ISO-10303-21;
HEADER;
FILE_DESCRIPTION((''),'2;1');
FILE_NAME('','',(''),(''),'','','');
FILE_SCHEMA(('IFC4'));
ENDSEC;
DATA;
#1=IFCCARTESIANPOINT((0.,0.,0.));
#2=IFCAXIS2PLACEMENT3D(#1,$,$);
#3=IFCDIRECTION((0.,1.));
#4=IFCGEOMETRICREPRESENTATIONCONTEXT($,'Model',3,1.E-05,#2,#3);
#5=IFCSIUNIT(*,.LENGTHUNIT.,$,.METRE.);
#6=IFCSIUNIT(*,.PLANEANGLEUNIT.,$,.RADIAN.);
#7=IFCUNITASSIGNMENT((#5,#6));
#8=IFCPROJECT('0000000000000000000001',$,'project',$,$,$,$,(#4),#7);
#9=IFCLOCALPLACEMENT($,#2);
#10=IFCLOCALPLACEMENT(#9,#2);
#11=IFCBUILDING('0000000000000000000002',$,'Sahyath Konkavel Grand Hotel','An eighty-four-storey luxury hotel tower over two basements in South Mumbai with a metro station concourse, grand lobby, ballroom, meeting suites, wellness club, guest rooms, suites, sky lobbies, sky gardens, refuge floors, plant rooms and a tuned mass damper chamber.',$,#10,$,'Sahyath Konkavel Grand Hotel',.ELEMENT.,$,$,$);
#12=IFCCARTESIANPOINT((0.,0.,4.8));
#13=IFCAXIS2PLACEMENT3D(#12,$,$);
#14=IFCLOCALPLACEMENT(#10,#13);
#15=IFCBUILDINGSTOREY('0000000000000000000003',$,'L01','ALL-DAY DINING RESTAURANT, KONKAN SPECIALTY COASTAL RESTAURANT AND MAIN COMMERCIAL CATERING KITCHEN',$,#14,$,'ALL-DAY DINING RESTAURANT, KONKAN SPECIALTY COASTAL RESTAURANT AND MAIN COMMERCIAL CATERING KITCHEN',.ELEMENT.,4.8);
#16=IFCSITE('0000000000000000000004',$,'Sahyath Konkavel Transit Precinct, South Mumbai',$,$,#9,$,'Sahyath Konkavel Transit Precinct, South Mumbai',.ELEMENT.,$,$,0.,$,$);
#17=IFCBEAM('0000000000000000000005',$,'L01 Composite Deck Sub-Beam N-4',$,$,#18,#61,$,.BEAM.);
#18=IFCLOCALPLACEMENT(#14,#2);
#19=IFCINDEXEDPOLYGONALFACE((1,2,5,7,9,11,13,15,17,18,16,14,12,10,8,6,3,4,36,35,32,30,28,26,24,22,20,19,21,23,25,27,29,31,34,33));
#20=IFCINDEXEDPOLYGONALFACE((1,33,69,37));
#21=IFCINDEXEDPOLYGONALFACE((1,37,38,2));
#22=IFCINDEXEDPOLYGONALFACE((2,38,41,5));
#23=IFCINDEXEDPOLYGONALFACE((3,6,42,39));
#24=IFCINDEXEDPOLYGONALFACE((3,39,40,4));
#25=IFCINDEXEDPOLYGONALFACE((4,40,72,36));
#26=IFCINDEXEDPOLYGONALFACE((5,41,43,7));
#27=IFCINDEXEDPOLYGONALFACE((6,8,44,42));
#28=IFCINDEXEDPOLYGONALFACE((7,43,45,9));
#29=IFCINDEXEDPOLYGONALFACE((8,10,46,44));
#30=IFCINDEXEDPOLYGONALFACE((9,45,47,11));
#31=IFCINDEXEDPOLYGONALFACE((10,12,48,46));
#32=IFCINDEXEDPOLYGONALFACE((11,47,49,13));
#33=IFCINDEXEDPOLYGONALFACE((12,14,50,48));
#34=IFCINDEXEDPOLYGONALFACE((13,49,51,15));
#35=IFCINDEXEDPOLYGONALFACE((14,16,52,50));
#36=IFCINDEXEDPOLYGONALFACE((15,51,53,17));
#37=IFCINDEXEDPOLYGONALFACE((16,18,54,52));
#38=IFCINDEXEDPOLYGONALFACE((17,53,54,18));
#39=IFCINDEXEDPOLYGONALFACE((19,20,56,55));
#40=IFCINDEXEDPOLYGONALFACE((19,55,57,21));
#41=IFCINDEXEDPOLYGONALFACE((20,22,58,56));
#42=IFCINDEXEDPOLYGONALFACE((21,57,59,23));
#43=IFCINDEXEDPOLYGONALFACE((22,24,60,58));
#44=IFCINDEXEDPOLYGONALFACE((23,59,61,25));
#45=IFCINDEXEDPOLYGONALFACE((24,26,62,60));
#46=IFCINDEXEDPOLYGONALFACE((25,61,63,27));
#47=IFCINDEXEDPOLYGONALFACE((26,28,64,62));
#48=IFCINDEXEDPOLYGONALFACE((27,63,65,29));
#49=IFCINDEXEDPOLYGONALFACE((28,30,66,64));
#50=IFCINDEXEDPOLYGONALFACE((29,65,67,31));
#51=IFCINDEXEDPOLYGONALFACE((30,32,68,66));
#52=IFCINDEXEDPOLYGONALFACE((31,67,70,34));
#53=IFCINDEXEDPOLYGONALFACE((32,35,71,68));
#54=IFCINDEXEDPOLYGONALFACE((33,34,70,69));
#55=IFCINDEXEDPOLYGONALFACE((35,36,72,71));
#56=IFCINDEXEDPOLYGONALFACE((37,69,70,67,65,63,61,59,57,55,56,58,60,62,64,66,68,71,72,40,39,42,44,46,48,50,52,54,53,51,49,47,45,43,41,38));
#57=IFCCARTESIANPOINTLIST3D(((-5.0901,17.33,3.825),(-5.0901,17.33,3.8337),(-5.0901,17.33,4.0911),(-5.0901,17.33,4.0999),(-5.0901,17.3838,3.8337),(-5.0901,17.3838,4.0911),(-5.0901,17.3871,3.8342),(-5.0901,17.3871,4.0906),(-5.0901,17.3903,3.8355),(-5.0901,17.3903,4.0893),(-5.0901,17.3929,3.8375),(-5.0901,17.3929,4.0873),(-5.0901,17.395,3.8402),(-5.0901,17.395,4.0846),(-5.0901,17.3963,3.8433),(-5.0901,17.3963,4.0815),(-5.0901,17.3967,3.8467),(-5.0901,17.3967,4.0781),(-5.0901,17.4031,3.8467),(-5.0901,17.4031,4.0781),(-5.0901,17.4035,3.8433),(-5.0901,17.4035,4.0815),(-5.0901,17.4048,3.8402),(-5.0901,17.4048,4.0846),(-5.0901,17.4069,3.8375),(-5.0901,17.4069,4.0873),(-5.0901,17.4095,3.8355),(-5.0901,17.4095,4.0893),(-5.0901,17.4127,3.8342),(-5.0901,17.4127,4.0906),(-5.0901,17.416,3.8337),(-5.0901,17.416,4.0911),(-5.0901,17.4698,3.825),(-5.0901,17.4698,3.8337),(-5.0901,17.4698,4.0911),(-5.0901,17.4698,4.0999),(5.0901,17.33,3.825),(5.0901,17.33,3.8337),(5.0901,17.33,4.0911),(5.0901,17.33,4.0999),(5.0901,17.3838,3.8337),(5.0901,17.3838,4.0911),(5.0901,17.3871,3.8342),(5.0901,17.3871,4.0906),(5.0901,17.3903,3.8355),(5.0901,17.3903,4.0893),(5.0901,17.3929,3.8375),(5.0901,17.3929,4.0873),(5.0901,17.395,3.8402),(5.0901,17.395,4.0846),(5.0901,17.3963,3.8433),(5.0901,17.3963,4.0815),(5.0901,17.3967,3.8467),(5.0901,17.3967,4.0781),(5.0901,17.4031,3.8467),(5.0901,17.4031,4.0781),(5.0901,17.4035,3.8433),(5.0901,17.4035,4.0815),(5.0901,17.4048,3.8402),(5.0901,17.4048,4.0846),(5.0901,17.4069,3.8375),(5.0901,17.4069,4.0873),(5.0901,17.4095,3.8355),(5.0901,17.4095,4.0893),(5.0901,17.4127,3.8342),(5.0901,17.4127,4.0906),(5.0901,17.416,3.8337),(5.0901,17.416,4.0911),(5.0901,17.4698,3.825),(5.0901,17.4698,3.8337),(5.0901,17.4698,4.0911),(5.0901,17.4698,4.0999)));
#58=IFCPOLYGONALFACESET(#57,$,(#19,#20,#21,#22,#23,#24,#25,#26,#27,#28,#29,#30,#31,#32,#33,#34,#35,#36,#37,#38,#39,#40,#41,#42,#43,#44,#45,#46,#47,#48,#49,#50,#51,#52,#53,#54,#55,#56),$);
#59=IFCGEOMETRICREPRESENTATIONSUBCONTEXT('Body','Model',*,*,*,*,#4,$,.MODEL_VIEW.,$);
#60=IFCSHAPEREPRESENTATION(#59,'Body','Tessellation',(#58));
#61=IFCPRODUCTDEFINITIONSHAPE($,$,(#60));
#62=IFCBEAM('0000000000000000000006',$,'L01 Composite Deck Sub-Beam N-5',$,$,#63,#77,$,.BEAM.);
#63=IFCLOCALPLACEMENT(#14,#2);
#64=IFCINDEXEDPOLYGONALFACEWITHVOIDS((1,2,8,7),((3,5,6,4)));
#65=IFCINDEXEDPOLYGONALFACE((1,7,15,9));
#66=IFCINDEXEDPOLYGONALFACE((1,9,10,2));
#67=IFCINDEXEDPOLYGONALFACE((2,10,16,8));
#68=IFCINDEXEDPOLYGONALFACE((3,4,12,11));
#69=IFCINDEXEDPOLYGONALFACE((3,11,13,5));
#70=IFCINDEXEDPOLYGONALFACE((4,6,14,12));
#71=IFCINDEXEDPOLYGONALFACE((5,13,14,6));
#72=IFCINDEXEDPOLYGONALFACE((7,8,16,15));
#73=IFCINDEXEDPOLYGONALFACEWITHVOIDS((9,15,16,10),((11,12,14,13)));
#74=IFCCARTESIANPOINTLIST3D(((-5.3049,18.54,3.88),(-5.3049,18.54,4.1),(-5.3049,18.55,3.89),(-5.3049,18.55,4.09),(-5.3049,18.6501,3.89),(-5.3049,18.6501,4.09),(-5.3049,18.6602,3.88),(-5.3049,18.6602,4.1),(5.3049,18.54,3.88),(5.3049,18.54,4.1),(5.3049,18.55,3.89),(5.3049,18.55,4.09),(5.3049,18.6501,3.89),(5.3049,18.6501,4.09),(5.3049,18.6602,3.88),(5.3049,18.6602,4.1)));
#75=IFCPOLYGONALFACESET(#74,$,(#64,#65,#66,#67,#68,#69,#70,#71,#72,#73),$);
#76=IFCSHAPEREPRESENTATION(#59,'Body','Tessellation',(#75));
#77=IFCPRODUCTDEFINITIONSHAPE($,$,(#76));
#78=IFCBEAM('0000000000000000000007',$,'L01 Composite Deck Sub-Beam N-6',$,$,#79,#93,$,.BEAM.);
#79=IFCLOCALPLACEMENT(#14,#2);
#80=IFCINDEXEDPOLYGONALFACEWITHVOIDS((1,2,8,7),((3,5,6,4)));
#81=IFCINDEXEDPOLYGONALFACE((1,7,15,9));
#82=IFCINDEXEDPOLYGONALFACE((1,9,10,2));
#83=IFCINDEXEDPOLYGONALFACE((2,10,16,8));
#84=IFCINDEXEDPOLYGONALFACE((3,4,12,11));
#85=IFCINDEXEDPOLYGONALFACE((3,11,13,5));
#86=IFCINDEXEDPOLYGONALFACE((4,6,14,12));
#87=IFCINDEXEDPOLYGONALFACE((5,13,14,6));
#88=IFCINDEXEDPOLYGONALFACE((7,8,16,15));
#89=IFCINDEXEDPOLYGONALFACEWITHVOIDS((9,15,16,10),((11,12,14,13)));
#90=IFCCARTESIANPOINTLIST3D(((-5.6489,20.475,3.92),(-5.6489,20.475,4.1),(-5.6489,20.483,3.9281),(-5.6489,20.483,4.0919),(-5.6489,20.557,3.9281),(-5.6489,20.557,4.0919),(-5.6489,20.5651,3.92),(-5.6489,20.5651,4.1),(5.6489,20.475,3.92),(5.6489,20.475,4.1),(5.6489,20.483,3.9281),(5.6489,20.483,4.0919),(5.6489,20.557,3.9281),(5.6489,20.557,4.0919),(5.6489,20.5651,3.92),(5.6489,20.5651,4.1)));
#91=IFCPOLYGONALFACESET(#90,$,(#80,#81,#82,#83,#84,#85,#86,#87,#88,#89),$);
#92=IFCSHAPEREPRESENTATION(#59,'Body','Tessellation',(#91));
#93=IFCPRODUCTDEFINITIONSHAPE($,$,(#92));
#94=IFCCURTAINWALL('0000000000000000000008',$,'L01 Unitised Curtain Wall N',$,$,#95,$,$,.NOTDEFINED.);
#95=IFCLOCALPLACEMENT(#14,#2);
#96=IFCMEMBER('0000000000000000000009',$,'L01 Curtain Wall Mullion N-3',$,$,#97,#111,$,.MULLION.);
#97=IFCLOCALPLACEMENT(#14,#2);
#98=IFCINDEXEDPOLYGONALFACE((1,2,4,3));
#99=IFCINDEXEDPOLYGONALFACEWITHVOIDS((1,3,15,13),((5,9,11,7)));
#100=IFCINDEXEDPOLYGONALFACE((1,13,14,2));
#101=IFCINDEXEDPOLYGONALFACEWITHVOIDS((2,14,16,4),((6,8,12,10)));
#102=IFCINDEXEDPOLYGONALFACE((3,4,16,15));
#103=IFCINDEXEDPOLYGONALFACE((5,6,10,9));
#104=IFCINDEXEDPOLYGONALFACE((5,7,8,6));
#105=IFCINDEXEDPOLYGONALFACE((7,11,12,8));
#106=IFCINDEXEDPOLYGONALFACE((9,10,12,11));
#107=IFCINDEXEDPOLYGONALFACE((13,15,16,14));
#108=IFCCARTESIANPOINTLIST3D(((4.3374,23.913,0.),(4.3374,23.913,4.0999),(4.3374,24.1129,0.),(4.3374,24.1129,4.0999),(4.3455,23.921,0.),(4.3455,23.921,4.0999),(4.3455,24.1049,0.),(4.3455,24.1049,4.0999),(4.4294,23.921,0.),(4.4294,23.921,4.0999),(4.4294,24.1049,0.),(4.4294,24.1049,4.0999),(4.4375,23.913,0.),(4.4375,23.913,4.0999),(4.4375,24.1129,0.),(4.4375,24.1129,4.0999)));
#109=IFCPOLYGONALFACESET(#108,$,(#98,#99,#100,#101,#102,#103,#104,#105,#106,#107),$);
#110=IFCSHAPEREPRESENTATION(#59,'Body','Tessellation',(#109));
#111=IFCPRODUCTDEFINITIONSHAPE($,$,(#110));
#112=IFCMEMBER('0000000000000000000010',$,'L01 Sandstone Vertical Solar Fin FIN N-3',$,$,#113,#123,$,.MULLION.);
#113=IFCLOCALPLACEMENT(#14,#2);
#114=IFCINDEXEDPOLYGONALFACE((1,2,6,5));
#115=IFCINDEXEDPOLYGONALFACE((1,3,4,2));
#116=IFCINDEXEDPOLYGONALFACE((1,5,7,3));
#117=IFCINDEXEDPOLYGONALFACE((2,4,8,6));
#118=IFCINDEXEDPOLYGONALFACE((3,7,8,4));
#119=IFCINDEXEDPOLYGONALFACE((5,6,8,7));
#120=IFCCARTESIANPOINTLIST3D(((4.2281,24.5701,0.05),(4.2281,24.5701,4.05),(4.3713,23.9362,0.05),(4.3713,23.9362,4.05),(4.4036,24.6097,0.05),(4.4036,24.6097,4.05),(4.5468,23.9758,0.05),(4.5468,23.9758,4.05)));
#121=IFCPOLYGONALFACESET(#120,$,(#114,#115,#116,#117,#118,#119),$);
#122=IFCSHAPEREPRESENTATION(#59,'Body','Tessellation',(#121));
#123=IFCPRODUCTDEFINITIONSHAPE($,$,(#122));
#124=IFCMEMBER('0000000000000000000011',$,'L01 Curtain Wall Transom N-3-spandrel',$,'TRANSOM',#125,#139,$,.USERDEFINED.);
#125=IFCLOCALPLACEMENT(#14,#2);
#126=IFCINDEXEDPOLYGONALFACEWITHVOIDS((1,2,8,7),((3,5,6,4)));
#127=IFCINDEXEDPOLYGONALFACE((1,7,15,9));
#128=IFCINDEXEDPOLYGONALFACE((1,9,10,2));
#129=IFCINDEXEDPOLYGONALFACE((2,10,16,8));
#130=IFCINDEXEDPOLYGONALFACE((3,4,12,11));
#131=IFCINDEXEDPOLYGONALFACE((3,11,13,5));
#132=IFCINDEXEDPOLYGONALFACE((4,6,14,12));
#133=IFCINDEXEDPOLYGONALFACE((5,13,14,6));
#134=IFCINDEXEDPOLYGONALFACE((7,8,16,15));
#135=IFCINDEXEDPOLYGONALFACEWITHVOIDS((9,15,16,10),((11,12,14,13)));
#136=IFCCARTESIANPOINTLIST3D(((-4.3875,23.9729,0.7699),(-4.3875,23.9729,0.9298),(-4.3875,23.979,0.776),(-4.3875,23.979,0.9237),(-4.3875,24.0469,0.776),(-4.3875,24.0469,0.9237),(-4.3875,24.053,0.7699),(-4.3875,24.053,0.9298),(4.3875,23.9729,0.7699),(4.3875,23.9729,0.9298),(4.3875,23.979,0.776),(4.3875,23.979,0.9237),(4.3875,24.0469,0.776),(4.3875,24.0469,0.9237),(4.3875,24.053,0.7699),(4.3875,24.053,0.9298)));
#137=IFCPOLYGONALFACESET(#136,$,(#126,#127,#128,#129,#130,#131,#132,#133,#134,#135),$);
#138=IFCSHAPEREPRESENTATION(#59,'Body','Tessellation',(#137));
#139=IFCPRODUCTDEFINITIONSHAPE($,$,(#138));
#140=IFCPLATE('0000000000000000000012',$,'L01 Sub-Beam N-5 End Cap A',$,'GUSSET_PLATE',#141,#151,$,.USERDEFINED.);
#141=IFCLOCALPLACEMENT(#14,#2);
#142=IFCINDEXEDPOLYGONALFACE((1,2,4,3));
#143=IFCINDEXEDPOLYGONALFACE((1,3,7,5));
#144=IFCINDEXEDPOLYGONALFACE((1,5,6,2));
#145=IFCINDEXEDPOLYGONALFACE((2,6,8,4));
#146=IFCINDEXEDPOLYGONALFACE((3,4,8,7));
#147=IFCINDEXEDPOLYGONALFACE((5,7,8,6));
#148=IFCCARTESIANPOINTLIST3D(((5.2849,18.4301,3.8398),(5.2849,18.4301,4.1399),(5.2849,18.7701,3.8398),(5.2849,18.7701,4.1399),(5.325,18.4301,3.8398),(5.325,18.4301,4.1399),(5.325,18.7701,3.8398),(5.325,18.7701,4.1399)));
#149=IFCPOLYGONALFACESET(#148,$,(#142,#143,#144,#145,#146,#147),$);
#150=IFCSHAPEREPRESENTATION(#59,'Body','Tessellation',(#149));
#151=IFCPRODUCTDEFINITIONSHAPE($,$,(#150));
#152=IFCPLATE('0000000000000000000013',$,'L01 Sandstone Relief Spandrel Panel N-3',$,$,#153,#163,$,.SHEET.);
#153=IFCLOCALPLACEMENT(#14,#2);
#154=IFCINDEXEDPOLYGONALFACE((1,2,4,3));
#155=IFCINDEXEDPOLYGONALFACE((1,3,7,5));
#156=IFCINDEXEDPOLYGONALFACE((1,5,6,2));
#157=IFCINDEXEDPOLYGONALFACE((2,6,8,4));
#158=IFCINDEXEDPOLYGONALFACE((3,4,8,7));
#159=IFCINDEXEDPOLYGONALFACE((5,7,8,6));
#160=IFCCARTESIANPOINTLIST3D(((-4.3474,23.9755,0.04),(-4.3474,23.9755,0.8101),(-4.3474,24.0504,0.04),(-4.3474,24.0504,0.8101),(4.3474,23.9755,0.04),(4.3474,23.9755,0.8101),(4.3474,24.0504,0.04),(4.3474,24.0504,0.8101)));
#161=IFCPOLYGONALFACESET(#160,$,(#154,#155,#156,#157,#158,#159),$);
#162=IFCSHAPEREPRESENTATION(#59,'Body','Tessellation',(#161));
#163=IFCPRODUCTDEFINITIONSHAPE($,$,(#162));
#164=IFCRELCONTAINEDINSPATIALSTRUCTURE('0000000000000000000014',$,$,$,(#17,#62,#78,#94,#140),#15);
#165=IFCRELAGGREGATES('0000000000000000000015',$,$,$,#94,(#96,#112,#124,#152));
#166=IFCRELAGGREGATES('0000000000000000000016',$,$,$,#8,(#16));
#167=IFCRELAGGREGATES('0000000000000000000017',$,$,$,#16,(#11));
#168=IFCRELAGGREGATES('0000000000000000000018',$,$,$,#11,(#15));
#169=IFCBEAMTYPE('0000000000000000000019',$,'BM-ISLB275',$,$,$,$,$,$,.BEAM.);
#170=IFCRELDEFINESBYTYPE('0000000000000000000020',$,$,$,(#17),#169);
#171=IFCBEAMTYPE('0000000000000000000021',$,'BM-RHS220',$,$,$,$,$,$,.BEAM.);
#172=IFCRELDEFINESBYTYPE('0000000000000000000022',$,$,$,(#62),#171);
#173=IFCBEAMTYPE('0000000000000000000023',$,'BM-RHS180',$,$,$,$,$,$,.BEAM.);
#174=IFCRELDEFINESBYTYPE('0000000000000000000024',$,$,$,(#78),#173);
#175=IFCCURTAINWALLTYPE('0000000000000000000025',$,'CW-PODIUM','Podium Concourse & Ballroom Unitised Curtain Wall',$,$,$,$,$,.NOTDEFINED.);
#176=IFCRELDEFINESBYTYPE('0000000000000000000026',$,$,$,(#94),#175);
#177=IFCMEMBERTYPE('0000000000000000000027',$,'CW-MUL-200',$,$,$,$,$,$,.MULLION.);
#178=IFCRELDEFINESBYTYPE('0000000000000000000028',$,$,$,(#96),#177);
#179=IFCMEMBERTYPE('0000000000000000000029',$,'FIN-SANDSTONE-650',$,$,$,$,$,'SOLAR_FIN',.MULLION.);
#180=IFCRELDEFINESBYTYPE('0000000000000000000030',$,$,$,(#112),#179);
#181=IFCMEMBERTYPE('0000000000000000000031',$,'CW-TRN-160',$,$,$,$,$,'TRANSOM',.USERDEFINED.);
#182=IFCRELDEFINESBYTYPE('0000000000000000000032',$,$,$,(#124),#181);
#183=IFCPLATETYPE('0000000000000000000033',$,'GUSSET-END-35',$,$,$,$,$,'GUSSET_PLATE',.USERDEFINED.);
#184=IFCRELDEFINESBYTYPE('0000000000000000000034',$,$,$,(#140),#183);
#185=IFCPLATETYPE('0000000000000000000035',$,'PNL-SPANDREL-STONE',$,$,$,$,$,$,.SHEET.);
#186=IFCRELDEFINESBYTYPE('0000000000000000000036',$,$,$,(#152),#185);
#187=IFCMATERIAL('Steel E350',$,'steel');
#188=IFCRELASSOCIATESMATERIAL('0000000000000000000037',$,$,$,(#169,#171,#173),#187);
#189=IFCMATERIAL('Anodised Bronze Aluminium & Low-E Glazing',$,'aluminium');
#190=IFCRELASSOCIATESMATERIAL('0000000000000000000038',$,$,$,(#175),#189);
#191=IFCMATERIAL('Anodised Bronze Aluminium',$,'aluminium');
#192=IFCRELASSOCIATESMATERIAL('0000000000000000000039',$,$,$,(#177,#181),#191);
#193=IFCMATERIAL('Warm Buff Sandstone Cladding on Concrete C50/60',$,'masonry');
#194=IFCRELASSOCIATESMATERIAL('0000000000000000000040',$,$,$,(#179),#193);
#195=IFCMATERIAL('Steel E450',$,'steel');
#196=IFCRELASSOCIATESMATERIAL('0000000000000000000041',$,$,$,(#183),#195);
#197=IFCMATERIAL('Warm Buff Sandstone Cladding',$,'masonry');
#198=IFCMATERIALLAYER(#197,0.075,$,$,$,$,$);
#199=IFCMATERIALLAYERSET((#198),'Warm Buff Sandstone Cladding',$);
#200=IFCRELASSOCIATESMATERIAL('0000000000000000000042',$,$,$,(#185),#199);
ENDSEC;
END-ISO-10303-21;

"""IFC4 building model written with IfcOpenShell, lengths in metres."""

from ifc_helpers import new_model, si_unit, direction, frame, origin, origin_2d, place, context, subcontext, project, spatial, rectangle, hollow_rectangle, i_section, extrude, source, transform, mapped, material, layer, layer_set, material_profile, profile_set, type_object, element, aggregate, save


model = new_model("IFC4")

# Units and contexts
model_context = context("Model", 3, precision=1e-05, world=origin(), true_north=direction((0.0, 1.0)))
body_context = subcontext(model_context, "Body", "Model", "MODEL_VIEW")
ifc_project = project(units=[si_unit("LENGTHUNIT", "METRE"), si_unit("PLANEANGLEUNIT", "RADIAN")], contexts=[model_context])

# Site, building, storey
site_placement = place(None, origin())
site = spatial("IfcSite", under=ifc_project, at=site_placement, Name="Sahyath Konkavel Transit Precinct, South Mumbai", LongName="Sahyath Konkavel Transit Precinct, South Mumbai", CompositionType="ELEMENT", RefElevation=0.0)
building_placement = place(site_placement, origin())
building = spatial("IfcBuilding", under=site, at=building_placement, Name="Sahyath Konkavel Grand Hotel", Description="An eighty-four-storey luxury hotel tower over two basements in South Mumbai with a metro station concourse, grand lobby, ballroom, meeting suites, wellness club, guest rooms, suites, sky lobbies, sky gardens, refuge floors, plant rooms and a tuned mass damper chamber.", LongName="Sahyath Konkavel Grand Hotel", CompositionType="ELEMENT")
storey_placement = place(building_placement, frame((0.0, 0.0, 4.8)))
storey = spatial("IfcBuildingStorey", under=building, at=storey_placement, Name="L01", Description="ALL-DAY DINING RESTAURANT, KONKAN SPECIALTY COASTAL RESTAURANT AND MAIN COMMERCIAL CATERING KITCHEN", LongName="ALL-DAY DINING RESTAURANT, KONKAN SPECIALTY COASTAL RESTAURANT AND MAIN COMMERCIAL CATERING KITCHEN", CompositionType="ELEMENT", Elevation=4.8)

# Beams
ifc_material_1 = material(Name="Steel E350", Category="steel")
ifc_material_profile_1 = material_profile(ifc_material_1, i_section(OverallWidth=0.1399, OverallDepth=0.2749, WebThickness=0.0063, FlangeThickness=0.0088, FilletRadius=0.0129, at=origin_2d()), Name="ISLB 275")
ifc_profile_set_1 = profile_set([ifc_material_profile_1], Name="Steel E350")
beam_type_1 = type_object("IfcBeamType", Name="BM-ISLB275", PredefinedType="BEAM", material=ifc_profile_set_1)
shared_shape_1 = source(origin(), body_context, "Body", "SweptSolid", [
    extrude(i_section(OverallWidth=0.1399, OverallDepth=0.2749, WebThickness=0.0063, FlangeThickness=0.0088, FilletRadius=0.0129, at=origin_2d()), origin(), (0.0, 0.0, 1.0), 10.1802),
])
beam_1_placement = place(storey_placement, frame((5.0901, 17.3999, 3.9624), z_axis=(-1.0, 0.0, 0.0), x_axis=(0.0, -1.0, 0.0)))
element("IfcBeam", 1, at=beam_1_placement, inside=storey, type_object=beam_type_1, Name="L01 Composite Deck Sub-Beam N-4", PredefinedType="BEAM", context=body_context, shape_type="MappedRepresentation", body=[
    mapped(shared_shape_1, transform((0.0, 0.0, 0.0), scale=1.0)),
])
ifc_material_profile_2 = material_profile(ifc_material_1, hollow_rectangle(XDim=0.1201, YDim=0.22, WallThickness=0.01, at=origin_2d()), Name="RHS 220x120x10")
ifc_profile_set_2 = profile_set([ifc_material_profile_2], Name="Steel E350")
beam_type_2 = type_object("IfcBeamType", Name="BM-RHS220", PredefinedType="BEAM", material=ifc_profile_set_2)
shared_shape_2 = source(origin(), body_context, "Body", "SweptSolid", [
    extrude(hollow_rectangle(XDim=0.1201, YDim=0.22, WallThickness=0.01, at=origin_2d()), origin(), (0.0, 0.0, 1.0), 10.6099),
])
beam_2_placement = place(storey_placement, frame((5.3049, 18.6001, 3.99), z_axis=(-1.0, 0.0, 0.0), x_axis=(0.0, -1.0, 0.0)))
element("IfcBeam", 2, at=beam_2_placement, inside=storey, type_object=beam_type_2, Name="L01 Composite Deck Sub-Beam N-5", PredefinedType="BEAM", context=body_context, shape_type="MappedRepresentation", body=[
    mapped(shared_shape_2, transform((0.0, 0.0, 0.0), scale=1.0)),
])
ifc_material_profile_3 = material_profile(ifc_material_1, hollow_rectangle(XDim=0.0901, YDim=0.1799, WallThickness=0.0081, at=origin_2d()), Name="RHS 180x90x8")
ifc_profile_set_3 = profile_set([ifc_material_profile_3], Name="Steel E350")
beam_type_3 = type_object("IfcBeamType", Name="BM-RHS180", PredefinedType="BEAM", material=ifc_profile_set_3)
shared_shape_3 = source(origin(), body_context, "Body", "SweptSolid", [
    extrude(hollow_rectangle(XDim=0.0901, YDim=0.1799, WallThickness=0.0081, at=origin_2d()), origin(), (0.0, 0.0, 1.0), 11.2979),
])
beam_3_placement = place(storey_placement, frame((5.6489, 20.52, 4.01), z_axis=(-1.0, 0.0, 0.0), x_axis=(0.0, -1.0, 0.0)))
element("IfcBeam", 3, at=beam_3_placement, inside=storey, type_object=beam_type_3, Name="L01 Composite Deck Sub-Beam N-6", PredefinedType="BEAM", context=body_context, shape_type="MappedRepresentation", body=[
    mapped(shared_shape_3, transform((0.0, 0.0, 0.0), scale=1.0)),
])

# Curtain wall, members
ifc_material_2 = material(Name="Anodised Bronze Aluminium & Low-E Glazing", Category="aluminium")
curtain_wall_type = type_object("IfcCurtainWallType", Name="CW-PODIUM", Description="Podium Concourse & Ballroom Unitised Curtain Wall", PredefinedType="NOTDEFINED", material=ifc_material_2)
curtain_wall_placement = place(storey_placement, origin())
curtain_wall = element("IfcCurtainWall", 4, at=curtain_wall_placement, inside=storey, type_object=curtain_wall_type, Name="L01 Unitised Curtain Wall N", PredefinedType="NOTDEFINED")
ifc_material_3 = material(Name="Anodised Bronze Aluminium", Category="aluminium")
ifc_material_profile_4 = material_profile(ifc_material_3, hollow_rectangle(XDim=0.1001, YDim=0.2, WallThickness=0.0081, at=origin_2d()), Name="RHS 200x100x8")
ifc_profile_set_4 = profile_set([ifc_material_profile_4], Name="Anodised Bronze Aluminium")
member_type_1 = type_object("IfcMemberType", Name="CW-MUL-200", PredefinedType="MULLION", material=ifc_profile_set_4)
shared_shape_4 = source(origin(), body_context, "Body", "SweptSolid", [
    extrude(hollow_rectangle(XDim=0.1001, YDim=0.2, WallThickness=0.0081, at=origin_2d()), origin(), (0.0, 0.0, 1.0), 4.0999),
])
member_1_placement = place(storey_placement, frame((4.3875, 24.0129, 0.0), z_axis=(0.0, 0.0, 1.0), x_axis=(1.0, 0.0, 0.0)))
member_1 = element("IfcMember", 5, at=member_1_placement, type_object=member_type_1, Name="L01 Curtain Wall Mullion N-3", PredefinedType="MULLION", context=body_context, shape_type="MappedRepresentation", body=[
    mapped(shared_shape_4, transform((0.0, 0.0, 0.0), scale=1.0)),
])
ifc_material_4 = material(Name="Warm Buff Sandstone Cladding on Concrete C50/60", Category="masonry")
ifc_material_profile_5 = material_profile(ifc_material_4, rectangle(XDim=0.1799, YDim=0.6499, at=origin_2d()), Name="FIN 180x650")
ifc_profile_set_5 = profile_set([ifc_material_profile_5], Name="Warm Buff Sandstone Cladding on Concrete C50/60")
member_type_2 = type_object("IfcMemberType", Name="FIN-SANDSTONE-650", ElementType="SOLAR_FIN", PredefinedType="MULLION", material=ifc_profile_set_5)
shared_shape_5 = source(origin(), body_context, "Body", "SweptSolid", [
    extrude(rectangle(XDim=0.1799, YDim=0.6499, at=origin_2d()), origin(), (0.0, 0.0, 1.0), 4.0),
])
member_2_placement = place(storey_placement, frame((4.3875, 24.2729, 0.05), z_axis=(0.0, 0.0, 1.0), x_axis=(0.975419, 0.220357, 0.0)))
member_2 = element("IfcMember", 6, at=member_2_placement, type_object=member_type_2, Name="L01 Sandstone Vertical Solar Fin FIN N-3", PredefinedType="MULLION", context=body_context, shape_type="MappedRepresentation", body=[
    mapped(shared_shape_5, transform((0.0, 0.0, 0.0), scale=1.0)),
])
ifc_material_profile_6 = material_profile(ifc_material_3, hollow_rectangle(XDim=0.0801, YDim=0.1599, WallThickness=0.0061, at=origin_2d()), Name="RHS 160x80x6")
ifc_profile_set_6 = profile_set([ifc_material_profile_6], Name="Anodised Bronze Aluminium")
member_type_3 = type_object("IfcMemberType", Name="CW-TRN-160", ElementType="TRANSOM", PredefinedType="USERDEFINED", material=ifc_profile_set_6)
shared_shape_6 = source(origin(), body_context, "Body", "SweptSolid", [
    extrude(hollow_rectangle(XDim=0.0801, YDim=0.1599, WallThickness=0.0061, at=origin_2d()), origin(), (0.0, 0.0, 1.0), 8.7749),
])
member_3_placement = place(storey_placement, frame((4.3875, 24.0129, 0.8499), z_axis=(-1.0, 0.0, 0.0), x_axis=(0.0, -1.0, 0.0)))
member_3 = element("IfcMember", 7, at=member_3_placement, type_object=member_type_3, Name="L01 Curtain Wall Transom N-3-spandrel", ObjectType="TRANSOM", PredefinedType="USERDEFINED", context=body_context, shape_type="MappedRepresentation", body=[
    mapped(shared_shape_6, transform((0.0, 0.0, 0.0), scale=1.0)),
])

# Plates
ifc_material_5 = material(Name="Steel E450", Category="steel")
plate_type_1 = type_object("IfcPlateType", Name="GUSSET-END-35", ElementType="GUSSET_PLATE", PredefinedType="USERDEFINED", material=ifc_material_5)
shared_shape_7 = source(origin(), body_context, "Body", "SweptSolid", [
    extrude(rectangle(XDim=0.04, YDim=0.3401, at=origin_2d()), origin(), (0.0, 0.0, 1.0), 0.3),
])
plate_1_placement = place(storey_placement, frame((5.3049, 18.6001, 3.8398), z_axis=(0.0, 0.0, 1.0), x_axis=(-1.0, 0.0, 0.0)))
element("IfcPlate", 8, at=plate_1_placement, inside=storey, type_object=plate_type_1, Name="L01 Sub-Beam N-5 End Cap A", ObjectType="GUSSET_PLATE", PredefinedType="USERDEFINED", context=body_context, shape_type="MappedRepresentation", body=[
    mapped(shared_shape_7, transform((0.0, 0.0, 0.0), scale=1.0)),
])
ifc_material_6 = material(Name="Warm Buff Sandstone Cladding", Category="masonry")
ifc_layer_1 = layer(ifc_material_6, 0.075)
ifc_layer_set_1 = layer_set([ifc_layer_1], Name="Warm Buff Sandstone Cladding")
plate_type_2 = type_object("IfcPlateType", Name="PNL-SPANDREL-STONE", PredefinedType="SHEET", material=ifc_layer_set_1)
shared_shape_8 = source(origin(), body_context, "Body", "SweptSolid", [
    extrude(rectangle(XDim=8.6948, YDim=0.075, at=origin_2d()), origin(), (0.0, 0.0, 1.0), 0.77),
])
plate_2_placement = place(storey_placement, frame((0.0, 24.0129, 0.04), z_axis=(0.0, 0.0, 1.0), x_axis=(-1.0, 0.0, 0.0)))
plate_2 = element("IfcPlate", 9, at=plate_2_placement, type_object=plate_type_2, Name="L01 Sandstone Relief Spandrel Panel N-3", PredefinedType="SHEET", context=body_context, shape_type="MappedRepresentation", body=[
    mapped(shared_shape_8, transform((0.0, 0.0, 0.0), scale=1.0)),
])
aggregate(curtain_wall, [member_1, member_2, member_3, plate_2])

save(model, "model.ifc")
